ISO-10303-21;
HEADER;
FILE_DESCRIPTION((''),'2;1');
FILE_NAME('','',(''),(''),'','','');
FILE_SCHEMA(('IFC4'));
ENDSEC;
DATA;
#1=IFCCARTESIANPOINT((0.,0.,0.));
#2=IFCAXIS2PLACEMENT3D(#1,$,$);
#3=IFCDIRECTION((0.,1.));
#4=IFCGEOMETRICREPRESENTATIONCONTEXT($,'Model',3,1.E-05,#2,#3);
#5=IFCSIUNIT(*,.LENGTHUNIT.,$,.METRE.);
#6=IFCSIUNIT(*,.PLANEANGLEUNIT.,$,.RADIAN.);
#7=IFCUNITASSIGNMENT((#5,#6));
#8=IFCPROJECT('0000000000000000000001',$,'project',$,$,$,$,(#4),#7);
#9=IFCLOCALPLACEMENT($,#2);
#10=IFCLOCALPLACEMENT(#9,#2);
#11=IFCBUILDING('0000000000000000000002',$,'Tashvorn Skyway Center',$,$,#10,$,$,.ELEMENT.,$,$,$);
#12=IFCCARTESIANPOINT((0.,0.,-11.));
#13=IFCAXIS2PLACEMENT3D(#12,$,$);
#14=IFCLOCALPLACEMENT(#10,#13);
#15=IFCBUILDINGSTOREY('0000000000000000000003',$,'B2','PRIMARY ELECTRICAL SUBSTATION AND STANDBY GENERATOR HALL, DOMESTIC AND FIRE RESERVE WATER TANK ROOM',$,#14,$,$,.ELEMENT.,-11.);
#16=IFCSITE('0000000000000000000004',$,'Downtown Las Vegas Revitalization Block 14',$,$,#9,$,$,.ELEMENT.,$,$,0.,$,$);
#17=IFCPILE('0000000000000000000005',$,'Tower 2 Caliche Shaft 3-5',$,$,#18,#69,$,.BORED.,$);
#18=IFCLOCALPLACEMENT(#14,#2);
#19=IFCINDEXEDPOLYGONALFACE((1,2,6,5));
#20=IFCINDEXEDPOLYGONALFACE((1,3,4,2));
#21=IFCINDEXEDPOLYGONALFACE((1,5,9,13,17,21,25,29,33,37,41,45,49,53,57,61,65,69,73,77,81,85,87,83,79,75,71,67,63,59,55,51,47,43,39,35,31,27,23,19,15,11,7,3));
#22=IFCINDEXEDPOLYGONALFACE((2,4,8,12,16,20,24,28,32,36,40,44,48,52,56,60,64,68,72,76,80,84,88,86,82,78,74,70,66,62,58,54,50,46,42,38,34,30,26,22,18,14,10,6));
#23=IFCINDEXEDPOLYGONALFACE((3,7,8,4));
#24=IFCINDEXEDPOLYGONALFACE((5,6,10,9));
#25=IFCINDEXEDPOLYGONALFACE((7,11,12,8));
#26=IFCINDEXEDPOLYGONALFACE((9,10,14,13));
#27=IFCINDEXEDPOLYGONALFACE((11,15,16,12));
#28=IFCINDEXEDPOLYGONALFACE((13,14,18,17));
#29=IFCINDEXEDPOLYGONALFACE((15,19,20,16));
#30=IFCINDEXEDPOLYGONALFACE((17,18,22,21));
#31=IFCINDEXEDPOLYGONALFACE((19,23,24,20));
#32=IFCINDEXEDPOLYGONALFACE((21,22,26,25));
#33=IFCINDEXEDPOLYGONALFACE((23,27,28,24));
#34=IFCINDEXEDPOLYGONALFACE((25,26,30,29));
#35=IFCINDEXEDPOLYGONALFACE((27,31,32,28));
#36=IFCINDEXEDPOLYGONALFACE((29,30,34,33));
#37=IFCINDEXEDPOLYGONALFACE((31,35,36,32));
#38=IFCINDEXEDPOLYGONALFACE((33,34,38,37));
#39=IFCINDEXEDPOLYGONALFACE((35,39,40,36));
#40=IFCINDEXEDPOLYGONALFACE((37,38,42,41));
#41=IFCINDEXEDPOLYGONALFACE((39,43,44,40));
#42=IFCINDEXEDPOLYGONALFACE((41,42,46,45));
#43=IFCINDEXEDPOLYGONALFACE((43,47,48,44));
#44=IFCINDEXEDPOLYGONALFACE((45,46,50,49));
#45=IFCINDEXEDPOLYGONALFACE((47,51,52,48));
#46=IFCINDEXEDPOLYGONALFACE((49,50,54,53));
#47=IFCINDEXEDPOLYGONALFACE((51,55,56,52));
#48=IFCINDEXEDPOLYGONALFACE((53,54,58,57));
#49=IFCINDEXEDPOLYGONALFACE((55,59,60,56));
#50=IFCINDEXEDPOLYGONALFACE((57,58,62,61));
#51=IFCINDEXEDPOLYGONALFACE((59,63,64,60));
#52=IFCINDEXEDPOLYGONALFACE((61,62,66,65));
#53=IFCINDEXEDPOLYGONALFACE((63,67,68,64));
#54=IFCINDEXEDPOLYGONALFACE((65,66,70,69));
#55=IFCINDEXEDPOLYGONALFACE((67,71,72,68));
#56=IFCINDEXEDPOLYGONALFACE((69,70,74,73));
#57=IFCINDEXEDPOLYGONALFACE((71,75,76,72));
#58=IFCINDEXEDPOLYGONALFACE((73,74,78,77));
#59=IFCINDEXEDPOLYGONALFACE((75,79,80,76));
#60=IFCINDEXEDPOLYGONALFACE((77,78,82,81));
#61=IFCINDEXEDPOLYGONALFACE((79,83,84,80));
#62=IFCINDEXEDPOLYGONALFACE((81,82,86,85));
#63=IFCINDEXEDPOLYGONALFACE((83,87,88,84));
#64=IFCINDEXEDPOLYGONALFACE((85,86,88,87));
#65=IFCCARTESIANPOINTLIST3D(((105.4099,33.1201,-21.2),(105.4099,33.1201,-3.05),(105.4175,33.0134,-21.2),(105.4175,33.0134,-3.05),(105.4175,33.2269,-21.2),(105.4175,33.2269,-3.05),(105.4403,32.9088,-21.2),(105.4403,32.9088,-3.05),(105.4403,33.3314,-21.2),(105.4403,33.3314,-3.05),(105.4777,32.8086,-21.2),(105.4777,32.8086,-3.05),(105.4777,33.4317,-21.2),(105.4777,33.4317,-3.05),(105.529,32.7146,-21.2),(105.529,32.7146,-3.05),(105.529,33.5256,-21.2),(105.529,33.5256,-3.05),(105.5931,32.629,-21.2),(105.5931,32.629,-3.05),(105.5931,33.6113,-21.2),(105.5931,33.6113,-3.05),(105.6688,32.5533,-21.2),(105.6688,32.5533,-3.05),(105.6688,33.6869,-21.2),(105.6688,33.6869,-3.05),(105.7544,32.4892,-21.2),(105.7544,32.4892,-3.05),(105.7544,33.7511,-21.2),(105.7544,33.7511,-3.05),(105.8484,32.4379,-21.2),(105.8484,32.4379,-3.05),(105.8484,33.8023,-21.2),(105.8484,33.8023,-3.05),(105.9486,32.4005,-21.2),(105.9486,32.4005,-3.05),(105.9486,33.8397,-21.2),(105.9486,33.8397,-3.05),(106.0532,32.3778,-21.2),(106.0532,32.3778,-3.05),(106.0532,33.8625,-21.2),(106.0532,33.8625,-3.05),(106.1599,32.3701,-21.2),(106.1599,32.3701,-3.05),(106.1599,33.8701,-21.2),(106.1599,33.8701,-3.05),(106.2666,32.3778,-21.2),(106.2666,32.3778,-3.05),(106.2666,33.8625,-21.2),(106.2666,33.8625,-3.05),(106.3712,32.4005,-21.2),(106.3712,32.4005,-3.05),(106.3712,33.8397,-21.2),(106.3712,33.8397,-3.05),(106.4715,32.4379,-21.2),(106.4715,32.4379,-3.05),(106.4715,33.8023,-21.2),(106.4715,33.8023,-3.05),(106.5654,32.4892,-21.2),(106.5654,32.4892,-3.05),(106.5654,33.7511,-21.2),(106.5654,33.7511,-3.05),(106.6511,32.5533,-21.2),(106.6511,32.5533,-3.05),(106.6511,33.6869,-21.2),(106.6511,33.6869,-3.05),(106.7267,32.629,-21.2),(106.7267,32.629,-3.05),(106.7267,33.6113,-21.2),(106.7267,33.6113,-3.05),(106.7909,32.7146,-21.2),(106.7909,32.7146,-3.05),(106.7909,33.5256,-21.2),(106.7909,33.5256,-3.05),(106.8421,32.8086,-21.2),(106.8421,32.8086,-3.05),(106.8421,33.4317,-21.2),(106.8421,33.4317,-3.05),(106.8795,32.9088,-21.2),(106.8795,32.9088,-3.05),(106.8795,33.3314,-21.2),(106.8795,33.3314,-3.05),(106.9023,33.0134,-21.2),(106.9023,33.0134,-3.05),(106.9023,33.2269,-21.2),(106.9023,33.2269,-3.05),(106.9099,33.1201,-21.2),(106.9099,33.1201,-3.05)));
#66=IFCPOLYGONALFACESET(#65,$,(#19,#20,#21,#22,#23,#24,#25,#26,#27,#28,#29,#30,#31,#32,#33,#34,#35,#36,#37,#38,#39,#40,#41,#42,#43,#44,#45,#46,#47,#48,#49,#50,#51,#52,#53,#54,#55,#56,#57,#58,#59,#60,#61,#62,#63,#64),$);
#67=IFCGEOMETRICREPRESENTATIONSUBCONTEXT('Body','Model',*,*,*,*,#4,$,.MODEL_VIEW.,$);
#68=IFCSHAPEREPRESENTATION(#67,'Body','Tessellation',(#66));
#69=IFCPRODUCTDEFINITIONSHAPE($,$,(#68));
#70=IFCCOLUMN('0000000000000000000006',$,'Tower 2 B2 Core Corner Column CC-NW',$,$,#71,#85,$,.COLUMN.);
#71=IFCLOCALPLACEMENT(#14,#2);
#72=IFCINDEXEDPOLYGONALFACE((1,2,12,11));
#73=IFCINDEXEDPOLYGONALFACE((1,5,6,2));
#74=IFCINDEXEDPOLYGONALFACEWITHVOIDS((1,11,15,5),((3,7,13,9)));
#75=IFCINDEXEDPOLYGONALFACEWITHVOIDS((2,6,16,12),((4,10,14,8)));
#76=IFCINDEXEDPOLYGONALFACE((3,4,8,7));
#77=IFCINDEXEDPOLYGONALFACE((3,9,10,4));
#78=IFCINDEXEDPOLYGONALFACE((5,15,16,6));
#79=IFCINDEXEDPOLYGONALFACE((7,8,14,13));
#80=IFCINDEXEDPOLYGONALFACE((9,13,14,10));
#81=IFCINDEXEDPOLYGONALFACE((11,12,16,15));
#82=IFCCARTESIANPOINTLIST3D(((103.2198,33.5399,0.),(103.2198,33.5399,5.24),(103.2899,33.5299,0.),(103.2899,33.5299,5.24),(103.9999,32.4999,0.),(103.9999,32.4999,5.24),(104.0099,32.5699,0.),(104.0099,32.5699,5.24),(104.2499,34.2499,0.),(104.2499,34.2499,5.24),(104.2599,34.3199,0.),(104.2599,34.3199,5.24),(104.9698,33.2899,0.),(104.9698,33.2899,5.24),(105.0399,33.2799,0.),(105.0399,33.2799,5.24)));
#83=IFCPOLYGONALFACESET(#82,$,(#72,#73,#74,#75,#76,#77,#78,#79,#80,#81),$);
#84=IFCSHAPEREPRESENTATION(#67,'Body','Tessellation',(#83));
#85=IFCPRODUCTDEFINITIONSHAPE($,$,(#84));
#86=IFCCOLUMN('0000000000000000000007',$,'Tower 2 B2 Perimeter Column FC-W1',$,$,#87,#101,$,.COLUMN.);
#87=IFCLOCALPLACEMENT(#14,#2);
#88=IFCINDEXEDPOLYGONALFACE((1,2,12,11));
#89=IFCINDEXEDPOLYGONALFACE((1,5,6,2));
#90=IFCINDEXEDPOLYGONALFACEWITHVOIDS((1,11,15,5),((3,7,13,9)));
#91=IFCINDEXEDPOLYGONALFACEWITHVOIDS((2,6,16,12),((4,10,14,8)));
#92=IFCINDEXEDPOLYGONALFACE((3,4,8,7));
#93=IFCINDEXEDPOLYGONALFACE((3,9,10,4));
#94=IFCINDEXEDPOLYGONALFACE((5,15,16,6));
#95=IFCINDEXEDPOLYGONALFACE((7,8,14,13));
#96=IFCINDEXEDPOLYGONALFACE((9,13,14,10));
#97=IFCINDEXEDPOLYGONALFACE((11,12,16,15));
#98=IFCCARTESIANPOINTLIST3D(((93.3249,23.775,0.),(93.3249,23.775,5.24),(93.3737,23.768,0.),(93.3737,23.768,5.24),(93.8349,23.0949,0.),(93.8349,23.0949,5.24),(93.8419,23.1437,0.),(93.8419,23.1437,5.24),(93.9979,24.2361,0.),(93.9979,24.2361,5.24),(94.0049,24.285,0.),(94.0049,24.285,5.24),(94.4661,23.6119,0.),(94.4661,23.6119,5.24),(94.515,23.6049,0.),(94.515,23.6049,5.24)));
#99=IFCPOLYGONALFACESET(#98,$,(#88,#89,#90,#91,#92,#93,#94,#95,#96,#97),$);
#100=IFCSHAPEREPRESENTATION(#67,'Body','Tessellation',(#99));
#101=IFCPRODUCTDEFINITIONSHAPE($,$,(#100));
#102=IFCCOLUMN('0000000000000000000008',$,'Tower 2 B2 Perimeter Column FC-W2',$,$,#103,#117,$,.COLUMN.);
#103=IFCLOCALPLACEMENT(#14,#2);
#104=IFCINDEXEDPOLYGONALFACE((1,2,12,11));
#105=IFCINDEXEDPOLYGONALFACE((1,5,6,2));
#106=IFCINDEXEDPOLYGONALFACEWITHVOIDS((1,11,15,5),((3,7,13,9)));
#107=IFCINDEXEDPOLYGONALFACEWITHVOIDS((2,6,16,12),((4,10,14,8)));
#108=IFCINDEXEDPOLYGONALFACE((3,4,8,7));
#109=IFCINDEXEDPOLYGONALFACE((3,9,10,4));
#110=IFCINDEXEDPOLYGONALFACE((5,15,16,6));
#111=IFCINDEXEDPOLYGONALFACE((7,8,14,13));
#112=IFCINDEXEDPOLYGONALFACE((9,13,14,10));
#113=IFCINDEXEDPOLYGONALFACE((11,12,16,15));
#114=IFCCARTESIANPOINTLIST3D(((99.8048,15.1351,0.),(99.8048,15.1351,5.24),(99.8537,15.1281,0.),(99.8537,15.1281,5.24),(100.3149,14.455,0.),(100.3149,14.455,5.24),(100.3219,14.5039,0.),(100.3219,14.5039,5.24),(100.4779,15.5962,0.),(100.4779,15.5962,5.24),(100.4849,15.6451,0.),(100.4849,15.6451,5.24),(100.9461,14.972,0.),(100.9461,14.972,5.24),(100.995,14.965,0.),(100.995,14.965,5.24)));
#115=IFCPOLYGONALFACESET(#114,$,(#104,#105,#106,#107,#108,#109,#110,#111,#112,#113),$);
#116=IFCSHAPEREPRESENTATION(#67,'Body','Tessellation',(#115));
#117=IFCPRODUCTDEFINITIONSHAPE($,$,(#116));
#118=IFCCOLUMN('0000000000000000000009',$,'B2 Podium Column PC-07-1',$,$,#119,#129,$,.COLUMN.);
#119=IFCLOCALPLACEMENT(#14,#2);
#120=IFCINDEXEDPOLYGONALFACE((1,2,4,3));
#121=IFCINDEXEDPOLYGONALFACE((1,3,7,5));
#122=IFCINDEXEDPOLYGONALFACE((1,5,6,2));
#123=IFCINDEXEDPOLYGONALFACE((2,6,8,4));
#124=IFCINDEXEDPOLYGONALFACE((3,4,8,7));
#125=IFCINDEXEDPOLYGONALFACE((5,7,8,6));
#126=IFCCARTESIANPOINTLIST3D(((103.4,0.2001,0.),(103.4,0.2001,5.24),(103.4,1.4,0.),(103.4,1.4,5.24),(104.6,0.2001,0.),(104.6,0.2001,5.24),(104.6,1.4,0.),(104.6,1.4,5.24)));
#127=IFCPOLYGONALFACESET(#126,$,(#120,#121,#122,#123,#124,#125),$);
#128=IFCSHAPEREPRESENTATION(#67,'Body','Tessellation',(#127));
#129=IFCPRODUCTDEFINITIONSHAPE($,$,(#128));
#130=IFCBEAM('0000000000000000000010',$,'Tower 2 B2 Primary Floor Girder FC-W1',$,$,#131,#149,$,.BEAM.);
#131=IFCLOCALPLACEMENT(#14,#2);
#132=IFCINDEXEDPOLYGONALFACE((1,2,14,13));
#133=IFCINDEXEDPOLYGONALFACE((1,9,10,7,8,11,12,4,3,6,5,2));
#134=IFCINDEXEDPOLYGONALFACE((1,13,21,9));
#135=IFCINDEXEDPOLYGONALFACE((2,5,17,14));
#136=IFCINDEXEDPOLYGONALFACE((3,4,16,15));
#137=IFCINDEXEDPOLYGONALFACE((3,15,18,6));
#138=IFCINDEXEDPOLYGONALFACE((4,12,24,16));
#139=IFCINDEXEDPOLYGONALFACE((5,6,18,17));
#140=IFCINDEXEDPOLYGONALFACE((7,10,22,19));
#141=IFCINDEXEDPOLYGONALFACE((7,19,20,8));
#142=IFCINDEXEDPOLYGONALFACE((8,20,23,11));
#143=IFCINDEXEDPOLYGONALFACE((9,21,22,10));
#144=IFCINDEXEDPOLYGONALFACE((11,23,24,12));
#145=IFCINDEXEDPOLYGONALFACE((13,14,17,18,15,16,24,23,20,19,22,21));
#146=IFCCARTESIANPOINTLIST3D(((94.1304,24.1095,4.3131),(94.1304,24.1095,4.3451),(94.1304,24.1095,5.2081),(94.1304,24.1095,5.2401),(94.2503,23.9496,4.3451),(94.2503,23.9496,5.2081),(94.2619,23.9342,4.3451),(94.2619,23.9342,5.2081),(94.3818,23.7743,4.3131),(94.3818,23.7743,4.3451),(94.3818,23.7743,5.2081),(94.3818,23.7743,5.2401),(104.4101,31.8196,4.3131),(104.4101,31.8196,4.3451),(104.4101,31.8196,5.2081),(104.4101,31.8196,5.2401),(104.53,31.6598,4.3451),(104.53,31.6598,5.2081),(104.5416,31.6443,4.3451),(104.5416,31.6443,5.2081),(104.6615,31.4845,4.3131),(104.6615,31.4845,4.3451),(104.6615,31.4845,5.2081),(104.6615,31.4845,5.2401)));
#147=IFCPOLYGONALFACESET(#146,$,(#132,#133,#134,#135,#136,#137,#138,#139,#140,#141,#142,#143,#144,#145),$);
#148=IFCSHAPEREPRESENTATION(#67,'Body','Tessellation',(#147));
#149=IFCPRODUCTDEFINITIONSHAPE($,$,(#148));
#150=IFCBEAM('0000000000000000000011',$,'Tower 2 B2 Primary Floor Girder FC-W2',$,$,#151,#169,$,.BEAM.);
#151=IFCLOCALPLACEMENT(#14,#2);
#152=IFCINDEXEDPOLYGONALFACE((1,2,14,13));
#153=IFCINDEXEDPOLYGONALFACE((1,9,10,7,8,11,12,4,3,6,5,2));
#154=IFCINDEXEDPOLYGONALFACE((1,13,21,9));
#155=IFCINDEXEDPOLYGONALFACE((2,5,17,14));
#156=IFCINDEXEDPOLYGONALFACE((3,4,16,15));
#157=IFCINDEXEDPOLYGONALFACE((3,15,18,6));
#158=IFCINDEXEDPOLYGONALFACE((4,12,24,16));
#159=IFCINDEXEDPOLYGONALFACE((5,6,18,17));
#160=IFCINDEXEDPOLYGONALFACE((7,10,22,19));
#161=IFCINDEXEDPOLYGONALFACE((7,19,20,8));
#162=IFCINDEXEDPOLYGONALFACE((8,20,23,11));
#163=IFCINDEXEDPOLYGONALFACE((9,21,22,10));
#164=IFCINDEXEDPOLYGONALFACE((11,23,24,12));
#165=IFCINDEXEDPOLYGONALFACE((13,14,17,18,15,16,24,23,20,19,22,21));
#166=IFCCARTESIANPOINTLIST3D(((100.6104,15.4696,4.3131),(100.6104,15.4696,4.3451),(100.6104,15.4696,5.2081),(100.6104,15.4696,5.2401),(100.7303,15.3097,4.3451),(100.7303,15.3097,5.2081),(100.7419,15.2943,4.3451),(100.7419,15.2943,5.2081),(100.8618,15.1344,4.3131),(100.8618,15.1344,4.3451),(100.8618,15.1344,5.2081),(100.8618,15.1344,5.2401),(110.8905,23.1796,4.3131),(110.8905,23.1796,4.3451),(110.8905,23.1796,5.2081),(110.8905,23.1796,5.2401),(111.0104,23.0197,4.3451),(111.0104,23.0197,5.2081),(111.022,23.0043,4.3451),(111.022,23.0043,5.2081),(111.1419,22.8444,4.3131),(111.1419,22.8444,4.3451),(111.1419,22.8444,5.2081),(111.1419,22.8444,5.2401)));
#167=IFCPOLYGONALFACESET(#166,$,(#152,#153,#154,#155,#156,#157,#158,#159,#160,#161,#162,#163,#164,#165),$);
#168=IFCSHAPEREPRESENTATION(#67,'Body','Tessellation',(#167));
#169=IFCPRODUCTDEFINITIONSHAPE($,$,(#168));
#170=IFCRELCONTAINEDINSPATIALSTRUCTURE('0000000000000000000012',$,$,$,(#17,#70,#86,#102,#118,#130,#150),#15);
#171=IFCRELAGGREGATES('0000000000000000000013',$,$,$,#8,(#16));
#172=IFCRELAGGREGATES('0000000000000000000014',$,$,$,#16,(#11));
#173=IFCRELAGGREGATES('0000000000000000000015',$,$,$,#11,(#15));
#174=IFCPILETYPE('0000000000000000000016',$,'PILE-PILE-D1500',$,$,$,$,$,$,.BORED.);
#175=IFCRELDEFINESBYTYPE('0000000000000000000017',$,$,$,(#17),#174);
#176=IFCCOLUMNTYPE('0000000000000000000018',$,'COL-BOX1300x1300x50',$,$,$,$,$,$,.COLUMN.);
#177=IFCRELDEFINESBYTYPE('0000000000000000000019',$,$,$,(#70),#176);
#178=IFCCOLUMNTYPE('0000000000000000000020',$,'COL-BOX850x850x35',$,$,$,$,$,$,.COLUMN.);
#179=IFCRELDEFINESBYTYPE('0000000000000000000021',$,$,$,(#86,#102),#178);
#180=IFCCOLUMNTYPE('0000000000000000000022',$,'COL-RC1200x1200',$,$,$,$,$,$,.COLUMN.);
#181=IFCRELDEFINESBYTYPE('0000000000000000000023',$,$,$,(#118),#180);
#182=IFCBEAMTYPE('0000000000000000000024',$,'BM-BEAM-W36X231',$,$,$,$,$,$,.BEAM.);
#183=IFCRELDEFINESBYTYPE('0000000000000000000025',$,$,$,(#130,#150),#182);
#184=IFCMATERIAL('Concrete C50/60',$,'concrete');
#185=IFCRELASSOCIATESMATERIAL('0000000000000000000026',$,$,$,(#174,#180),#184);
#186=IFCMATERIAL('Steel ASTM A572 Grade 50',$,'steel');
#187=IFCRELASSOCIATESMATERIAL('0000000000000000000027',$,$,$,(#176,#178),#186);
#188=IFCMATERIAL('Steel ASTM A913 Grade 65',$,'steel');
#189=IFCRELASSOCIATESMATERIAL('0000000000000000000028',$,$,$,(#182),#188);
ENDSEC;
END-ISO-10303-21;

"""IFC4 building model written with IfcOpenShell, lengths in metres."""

from ifc_helpers import new_model, si_unit, direction, frame, origin, origin_2d, place, context, subcontext, project, spatial, rectangle, hollow_rectangle, circle, i_section, extrude, material, material_profile, profile_set, type_object, element, save


model = new_model("IFC4")

# Units and contexts
model_context = context("Model", 3, precision=1e-05, world=origin(), true_north=direction((0.0, 1.0)))
body_context = subcontext(model_context, "Body", "Model", "MODEL_VIEW")
ifc_project = project(units=[si_unit("LENGTHUNIT", "METRE"), si_unit("PLANEANGLEUNIT", "RADIAN")], contexts=[model_context])

# Site, building, storey
site_placement = place(None, origin())
site = spatial("IfcSite", under=ifc_project, at=site_placement, Name="Downtown Las Vegas Revitalization Block 14", CompositionType="ELEMENT", RefElevation=0.0)
building_placement = place(site_placement, origin())
building = spatial("IfcBuilding", under=site, at=building_placement, Name="Tashvorn Skyway Center", CompositionType="ELEMENT")
storey_placement = place(building_placement, frame((0.0, 0.0, -11.0)))
storey = spatial("IfcBuildingStorey", under=building, at=storey_placement, Name="B2", Description="PRIMARY ELECTRICAL SUBSTATION AND STANDBY GENERATOR HALL, DOMESTIC AND FIRE RESERVE WATER TANK ROOM", CompositionType="ELEMENT", Elevation=-11.0)

# Pile
ifc_material_1 = material(Name="Concrete C50/60", Category="concrete")
ifc_material_profile_1 = material_profile(ifc_material_1, circle(Radius=0.75, at=origin_2d()), Name="PILE-D1500")
ifc_profile_set_1 = profile_set([ifc_material_profile_1], Name="Concrete C50/60")
pile_type_1 = type_object("IfcPileType", Name="PILE-PILE-D1500", PredefinedType="BORED", material=ifc_profile_set_1)
for number, where, z_axis, x_axis, name in (
    (1, (106.1599, 33.1201, -3.05), (0.0, 0.0, -1.0), (1.0, 0.0, 0.0), "Tower 2 Caliche Shaft 3-5"),
):
    element("IfcPile", number, at=place(storey_placement, frame(where, z_axis=z_axis, x_axis=x_axis)), inside=storey, type_object=pile_type_1, Name=name, PredefinedType="BORED", context=body_context, shape_type="SweptSolid", body=[
        extrude(circle(Radius=0.75, at=origin_2d()), origin(), (0.0, 0.0, 1.0), 18.1499),
    ])

# Columns
ifc_material_2 = material(Name="Steel ASTM A572 Grade 50", Category="steel")
ifc_material_profile_2 = material_profile(ifc_material_2, hollow_rectangle(XDim=1.3, YDim=1.3, WallThickness=0.05, at=origin_2d()), Name="BOX1300x1300x50")
ifc_profile_set_2 = profile_set([ifc_material_profile_2], Name="Steel ASTM A572 Grade 50")
column_type_1 = type_object("IfcColumnType", Name="COL-BOX1300x1300x50", PredefinedType="COLUMN", material=ifc_profile_set_2)
column_1_placement = place(storey_placement, frame((104.1299, 33.4099, 0.0), z_axis=(0.0, 0.0, 1.0), x_axis=(0.8, 0.6, 0.0)))
element("IfcColumn", 2, at=column_1_placement, inside=storey, type_object=column_type_1, Name="Tower 2 B2 Core Corner Column CC-NW", PredefinedType="COLUMN", context=body_context, shape_type="SweptSolid", body=[
    extrude(hollow_rectangle(XDim=1.3, YDim=1.3, WallThickness=0.05, at=origin_2d()), origin(), (0.0, 0.0, 1.0), 5.24),
])
ifc_material_profile_3 = material_profile(ifc_material_2, hollow_rectangle(XDim=0.8501, YDim=0.8501, WallThickness=0.0349, at=origin_2d()), Name="BOX850x850x35")
ifc_profile_set_3 = profile_set([ifc_material_profile_3], Name="Steel ASTM A572 Grade 50")
column_type_2 = type_object("IfcColumnType", Name="COL-BOX850x850x35", PredefinedType="COLUMN", material=ifc_profile_set_3)
for number, where, z_axis, x_axis, name in (
    (3, (93.9199, 23.6899, 0.0), (0.0, 0.0, 1.0), (0.8, 0.6, 0.0), "Tower 2 B2 Perimeter Column FC-W1"),
    (4, (100.3999, 15.05, 0.0), (0.0, 0.0, 1.0), (0.8, 0.6, 0.0), "Tower 2 B2 Perimeter Column FC-W2"),
):
    element("IfcColumn", number, at=place(storey_placement, frame(where, z_axis=z_axis, x_axis=x_axis)), inside=storey, type_object=column_type_2, Name=name, PredefinedType="COLUMN", context=body_context, shape_type="SweptSolid", body=[
        extrude(hollow_rectangle(XDim=0.8501, YDim=0.8501, WallThickness=0.0349, at=origin_2d()), origin(), (0.0, 0.0, 1.0), 5.24),
    ])
ifc_material_profile_4 = material_profile(ifc_material_1, rectangle(XDim=1.2, YDim=1.2, at=origin_2d()), Name="RC1200x1200")
ifc_profile_set_4 = profile_set([ifc_material_profile_4], Name="Concrete C50/60")
column_type_3 = type_object("IfcColumnType", Name="COL-RC1200x1200", PredefinedType="COLUMN", material=ifc_profile_set_4)
column_2_placement = place(storey_placement, frame((104.0, 0.8, 0.0), z_axis=(0.0, 0.0, 1.0), x_axis=(1.0, 0.0, 0.0)))
element("IfcColumn", 5, at=column_2_placement, inside=storey, type_object=column_type_3, Name="B2 Podium Column PC-07-1", PredefinedType="COLUMN", context=body_context, shape_type="SweptSolid", body=[
    extrude(rectangle(XDim=1.2, YDim=1.2, at=origin_2d()), origin(), (0.0, 0.0, 1.0), 5.24),
])

# Beams
ifc_material_3 = material(Name="Steel ASTM A913 Grade 65", Category="steel")
ifc_material_profile_5 = material_profile(ifc_material_3, i_section(OverallWidth=0.4189, OverallDepth=0.927, WebThickness=0.0193, FlangeThickness=0.032, at=origin_2d()), Name="W36X231")
ifc_profile_set_5 = profile_set([ifc_material_profile_5], Name="Steel ASTM A913 Grade 65")
beam_type_1 = type_object("IfcBeamType", Name="BM-BEAM-W36X231", PredefinedType="BEAM", material=ifc_profile_set_5)
beam_1_placement = place(storey_placement, frame((94.2561, 23.9419, 4.7766), z_axis=(0.799986, 0.600018, 0.0), x_axis=(-0.600018, 0.799986, 0.0)))
element("IfcBeam", 6, at=beam_1_placement, inside=storey, type_object=beam_type_1, Name="Tower 2 B2 Primary Floor Girder FC-W1", PredefinedType="BEAM", context=body_context, shape_type="SweptSolid", body=[
    extrude(i_section(OverallWidth=0.4189, OverallDepth=0.927, WebThickness=0.0193, FlangeThickness=0.032, at=origin_2d()), origin(), (0.0, 0.0, 1.0), 12.8499),
])
beam_2_placement = place(storey_placement, frame((100.7361, 15.302, 4.7766), z_axis=(0.800002, 0.599997, 0.0), x_axis=(-0.599997, 0.800002, 0.0)))
element("IfcBeam", 7, at=beam_2_placement, inside=storey, type_object=beam_type_1, Name="Tower 2 B2 Primary Floor Girder FC-W2", PredefinedType="BEAM", context=body_context, shape_type="SweptSolid", body=[
    extrude(i_section(OverallWidth=0.4189, OverallDepth=0.927, WebThickness=0.0193, FlangeThickness=0.032, at=origin_2d()), origin(), (0.0, 0.0, 1.0), 12.8501),
])

save(model, "model.ifc")
